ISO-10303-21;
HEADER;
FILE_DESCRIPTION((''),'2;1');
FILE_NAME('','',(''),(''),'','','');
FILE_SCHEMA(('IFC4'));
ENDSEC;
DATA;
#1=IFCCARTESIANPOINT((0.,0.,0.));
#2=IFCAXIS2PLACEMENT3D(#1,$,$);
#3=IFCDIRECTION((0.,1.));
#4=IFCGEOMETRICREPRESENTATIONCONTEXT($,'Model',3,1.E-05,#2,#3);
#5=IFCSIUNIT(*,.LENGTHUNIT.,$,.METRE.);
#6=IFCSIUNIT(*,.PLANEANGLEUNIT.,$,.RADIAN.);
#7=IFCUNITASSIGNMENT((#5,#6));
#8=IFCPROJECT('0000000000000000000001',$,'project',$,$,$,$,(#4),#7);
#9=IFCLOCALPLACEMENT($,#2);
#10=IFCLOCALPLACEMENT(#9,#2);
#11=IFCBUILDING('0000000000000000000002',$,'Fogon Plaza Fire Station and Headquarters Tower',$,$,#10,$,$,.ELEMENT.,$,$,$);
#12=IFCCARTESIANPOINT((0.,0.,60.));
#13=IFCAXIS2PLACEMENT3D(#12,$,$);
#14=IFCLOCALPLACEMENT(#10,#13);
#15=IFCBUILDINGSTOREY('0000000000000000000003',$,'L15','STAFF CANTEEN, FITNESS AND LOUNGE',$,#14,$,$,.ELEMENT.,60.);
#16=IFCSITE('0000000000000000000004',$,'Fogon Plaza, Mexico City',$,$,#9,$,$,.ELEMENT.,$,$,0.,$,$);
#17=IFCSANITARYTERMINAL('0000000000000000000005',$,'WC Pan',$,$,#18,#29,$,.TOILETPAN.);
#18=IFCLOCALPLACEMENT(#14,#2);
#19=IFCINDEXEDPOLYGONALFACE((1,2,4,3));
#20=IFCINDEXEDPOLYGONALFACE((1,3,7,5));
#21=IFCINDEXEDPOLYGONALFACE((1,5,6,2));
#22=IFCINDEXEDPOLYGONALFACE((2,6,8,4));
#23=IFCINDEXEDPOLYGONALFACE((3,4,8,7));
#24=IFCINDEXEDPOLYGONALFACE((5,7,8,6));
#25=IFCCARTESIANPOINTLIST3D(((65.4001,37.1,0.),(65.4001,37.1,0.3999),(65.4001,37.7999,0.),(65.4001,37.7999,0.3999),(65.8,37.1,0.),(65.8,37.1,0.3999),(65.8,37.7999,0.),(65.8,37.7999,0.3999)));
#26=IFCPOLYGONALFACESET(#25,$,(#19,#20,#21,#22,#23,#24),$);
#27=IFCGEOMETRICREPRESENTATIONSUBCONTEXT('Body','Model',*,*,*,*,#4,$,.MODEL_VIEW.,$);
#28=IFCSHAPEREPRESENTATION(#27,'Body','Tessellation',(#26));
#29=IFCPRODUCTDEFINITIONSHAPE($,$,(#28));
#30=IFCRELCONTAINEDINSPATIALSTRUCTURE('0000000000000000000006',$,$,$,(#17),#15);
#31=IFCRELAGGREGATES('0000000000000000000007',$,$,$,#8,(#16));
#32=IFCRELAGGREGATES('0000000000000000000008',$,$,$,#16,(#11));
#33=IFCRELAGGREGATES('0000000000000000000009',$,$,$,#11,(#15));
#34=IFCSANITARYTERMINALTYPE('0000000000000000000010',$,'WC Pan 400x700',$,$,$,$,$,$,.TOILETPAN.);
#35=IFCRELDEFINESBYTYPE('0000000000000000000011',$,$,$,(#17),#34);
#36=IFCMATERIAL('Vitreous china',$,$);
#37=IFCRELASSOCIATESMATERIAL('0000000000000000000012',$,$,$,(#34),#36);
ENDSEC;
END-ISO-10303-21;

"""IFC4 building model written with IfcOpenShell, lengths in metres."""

from ifc_helpers import new_model, si_unit, direction, frame, origin, origin_2d, place, context, subcontext, project, spatial, rectangle, extrude, material, type_object, element, save


model = new_model("IFC4")

# Units and contexts
model_context = context("Model", 3, precision=1e-05, world=origin(), true_north=direction((0.0, 1.0)))
body_context = subcontext(model_context, "Body", "Model", "MODEL_VIEW")
ifc_project = project(units=[si_unit("LENGTHUNIT", "METRE"), si_unit("PLANEANGLEUNIT", "RADIAN")], contexts=[model_context])

# Site, building, storey
site_placement = place(None, origin())
site = spatial("IfcSite", under=ifc_project, at=site_placement, Name="Fogon Plaza, Mexico City", CompositionType="ELEMENT", RefElevation=0.0)
building_placement = place(site_placement, origin())
building = spatial("IfcBuilding", under=site, at=building_placement, Name="Fogon Plaza Fire Station and Headquarters Tower", CompositionType="ELEMENT")
storey_placement = place(building_placement, frame((0.0, 0.0, 60.0)))
storey = spatial("IfcBuildingStorey", under=building, at=storey_placement, Name="L15", Description="STAFF CANTEEN, FITNESS AND LOUNGE", CompositionType="ELEMENT", Elevation=60.0)

# Sanitary terminal
ifc_material_1 = material(Name="Vitreous china")
sanitary_terminal_type_1 = type_object("IfcSanitaryTerminalType", Name="WC Pan 400x700", PredefinedType="TOILETPAN", material=ifc_material_1)
sanitary_terminal_1_placement = place(storey_placement, frame((65.6001, 37.45, 0.0), z_axis=(0.0, 0.0, 1.0), x_axis=(1.0, 0.0, 0.0)))
element("IfcSanitaryTerminal", 1, at=sanitary_terminal_1_placement, inside=storey, type_object=sanitary_terminal_type_1, Name="WC Pan", PredefinedType="TOILETPAN", context=body_context, shape_type="SweptSolid", body=[
    extrude(rectangle(XDim=0.3999, YDim=0.7, at=origin_2d()), origin(), (0.0, 0.0, 1.0), 0.3999),
])

save(model, "model.ifc")
